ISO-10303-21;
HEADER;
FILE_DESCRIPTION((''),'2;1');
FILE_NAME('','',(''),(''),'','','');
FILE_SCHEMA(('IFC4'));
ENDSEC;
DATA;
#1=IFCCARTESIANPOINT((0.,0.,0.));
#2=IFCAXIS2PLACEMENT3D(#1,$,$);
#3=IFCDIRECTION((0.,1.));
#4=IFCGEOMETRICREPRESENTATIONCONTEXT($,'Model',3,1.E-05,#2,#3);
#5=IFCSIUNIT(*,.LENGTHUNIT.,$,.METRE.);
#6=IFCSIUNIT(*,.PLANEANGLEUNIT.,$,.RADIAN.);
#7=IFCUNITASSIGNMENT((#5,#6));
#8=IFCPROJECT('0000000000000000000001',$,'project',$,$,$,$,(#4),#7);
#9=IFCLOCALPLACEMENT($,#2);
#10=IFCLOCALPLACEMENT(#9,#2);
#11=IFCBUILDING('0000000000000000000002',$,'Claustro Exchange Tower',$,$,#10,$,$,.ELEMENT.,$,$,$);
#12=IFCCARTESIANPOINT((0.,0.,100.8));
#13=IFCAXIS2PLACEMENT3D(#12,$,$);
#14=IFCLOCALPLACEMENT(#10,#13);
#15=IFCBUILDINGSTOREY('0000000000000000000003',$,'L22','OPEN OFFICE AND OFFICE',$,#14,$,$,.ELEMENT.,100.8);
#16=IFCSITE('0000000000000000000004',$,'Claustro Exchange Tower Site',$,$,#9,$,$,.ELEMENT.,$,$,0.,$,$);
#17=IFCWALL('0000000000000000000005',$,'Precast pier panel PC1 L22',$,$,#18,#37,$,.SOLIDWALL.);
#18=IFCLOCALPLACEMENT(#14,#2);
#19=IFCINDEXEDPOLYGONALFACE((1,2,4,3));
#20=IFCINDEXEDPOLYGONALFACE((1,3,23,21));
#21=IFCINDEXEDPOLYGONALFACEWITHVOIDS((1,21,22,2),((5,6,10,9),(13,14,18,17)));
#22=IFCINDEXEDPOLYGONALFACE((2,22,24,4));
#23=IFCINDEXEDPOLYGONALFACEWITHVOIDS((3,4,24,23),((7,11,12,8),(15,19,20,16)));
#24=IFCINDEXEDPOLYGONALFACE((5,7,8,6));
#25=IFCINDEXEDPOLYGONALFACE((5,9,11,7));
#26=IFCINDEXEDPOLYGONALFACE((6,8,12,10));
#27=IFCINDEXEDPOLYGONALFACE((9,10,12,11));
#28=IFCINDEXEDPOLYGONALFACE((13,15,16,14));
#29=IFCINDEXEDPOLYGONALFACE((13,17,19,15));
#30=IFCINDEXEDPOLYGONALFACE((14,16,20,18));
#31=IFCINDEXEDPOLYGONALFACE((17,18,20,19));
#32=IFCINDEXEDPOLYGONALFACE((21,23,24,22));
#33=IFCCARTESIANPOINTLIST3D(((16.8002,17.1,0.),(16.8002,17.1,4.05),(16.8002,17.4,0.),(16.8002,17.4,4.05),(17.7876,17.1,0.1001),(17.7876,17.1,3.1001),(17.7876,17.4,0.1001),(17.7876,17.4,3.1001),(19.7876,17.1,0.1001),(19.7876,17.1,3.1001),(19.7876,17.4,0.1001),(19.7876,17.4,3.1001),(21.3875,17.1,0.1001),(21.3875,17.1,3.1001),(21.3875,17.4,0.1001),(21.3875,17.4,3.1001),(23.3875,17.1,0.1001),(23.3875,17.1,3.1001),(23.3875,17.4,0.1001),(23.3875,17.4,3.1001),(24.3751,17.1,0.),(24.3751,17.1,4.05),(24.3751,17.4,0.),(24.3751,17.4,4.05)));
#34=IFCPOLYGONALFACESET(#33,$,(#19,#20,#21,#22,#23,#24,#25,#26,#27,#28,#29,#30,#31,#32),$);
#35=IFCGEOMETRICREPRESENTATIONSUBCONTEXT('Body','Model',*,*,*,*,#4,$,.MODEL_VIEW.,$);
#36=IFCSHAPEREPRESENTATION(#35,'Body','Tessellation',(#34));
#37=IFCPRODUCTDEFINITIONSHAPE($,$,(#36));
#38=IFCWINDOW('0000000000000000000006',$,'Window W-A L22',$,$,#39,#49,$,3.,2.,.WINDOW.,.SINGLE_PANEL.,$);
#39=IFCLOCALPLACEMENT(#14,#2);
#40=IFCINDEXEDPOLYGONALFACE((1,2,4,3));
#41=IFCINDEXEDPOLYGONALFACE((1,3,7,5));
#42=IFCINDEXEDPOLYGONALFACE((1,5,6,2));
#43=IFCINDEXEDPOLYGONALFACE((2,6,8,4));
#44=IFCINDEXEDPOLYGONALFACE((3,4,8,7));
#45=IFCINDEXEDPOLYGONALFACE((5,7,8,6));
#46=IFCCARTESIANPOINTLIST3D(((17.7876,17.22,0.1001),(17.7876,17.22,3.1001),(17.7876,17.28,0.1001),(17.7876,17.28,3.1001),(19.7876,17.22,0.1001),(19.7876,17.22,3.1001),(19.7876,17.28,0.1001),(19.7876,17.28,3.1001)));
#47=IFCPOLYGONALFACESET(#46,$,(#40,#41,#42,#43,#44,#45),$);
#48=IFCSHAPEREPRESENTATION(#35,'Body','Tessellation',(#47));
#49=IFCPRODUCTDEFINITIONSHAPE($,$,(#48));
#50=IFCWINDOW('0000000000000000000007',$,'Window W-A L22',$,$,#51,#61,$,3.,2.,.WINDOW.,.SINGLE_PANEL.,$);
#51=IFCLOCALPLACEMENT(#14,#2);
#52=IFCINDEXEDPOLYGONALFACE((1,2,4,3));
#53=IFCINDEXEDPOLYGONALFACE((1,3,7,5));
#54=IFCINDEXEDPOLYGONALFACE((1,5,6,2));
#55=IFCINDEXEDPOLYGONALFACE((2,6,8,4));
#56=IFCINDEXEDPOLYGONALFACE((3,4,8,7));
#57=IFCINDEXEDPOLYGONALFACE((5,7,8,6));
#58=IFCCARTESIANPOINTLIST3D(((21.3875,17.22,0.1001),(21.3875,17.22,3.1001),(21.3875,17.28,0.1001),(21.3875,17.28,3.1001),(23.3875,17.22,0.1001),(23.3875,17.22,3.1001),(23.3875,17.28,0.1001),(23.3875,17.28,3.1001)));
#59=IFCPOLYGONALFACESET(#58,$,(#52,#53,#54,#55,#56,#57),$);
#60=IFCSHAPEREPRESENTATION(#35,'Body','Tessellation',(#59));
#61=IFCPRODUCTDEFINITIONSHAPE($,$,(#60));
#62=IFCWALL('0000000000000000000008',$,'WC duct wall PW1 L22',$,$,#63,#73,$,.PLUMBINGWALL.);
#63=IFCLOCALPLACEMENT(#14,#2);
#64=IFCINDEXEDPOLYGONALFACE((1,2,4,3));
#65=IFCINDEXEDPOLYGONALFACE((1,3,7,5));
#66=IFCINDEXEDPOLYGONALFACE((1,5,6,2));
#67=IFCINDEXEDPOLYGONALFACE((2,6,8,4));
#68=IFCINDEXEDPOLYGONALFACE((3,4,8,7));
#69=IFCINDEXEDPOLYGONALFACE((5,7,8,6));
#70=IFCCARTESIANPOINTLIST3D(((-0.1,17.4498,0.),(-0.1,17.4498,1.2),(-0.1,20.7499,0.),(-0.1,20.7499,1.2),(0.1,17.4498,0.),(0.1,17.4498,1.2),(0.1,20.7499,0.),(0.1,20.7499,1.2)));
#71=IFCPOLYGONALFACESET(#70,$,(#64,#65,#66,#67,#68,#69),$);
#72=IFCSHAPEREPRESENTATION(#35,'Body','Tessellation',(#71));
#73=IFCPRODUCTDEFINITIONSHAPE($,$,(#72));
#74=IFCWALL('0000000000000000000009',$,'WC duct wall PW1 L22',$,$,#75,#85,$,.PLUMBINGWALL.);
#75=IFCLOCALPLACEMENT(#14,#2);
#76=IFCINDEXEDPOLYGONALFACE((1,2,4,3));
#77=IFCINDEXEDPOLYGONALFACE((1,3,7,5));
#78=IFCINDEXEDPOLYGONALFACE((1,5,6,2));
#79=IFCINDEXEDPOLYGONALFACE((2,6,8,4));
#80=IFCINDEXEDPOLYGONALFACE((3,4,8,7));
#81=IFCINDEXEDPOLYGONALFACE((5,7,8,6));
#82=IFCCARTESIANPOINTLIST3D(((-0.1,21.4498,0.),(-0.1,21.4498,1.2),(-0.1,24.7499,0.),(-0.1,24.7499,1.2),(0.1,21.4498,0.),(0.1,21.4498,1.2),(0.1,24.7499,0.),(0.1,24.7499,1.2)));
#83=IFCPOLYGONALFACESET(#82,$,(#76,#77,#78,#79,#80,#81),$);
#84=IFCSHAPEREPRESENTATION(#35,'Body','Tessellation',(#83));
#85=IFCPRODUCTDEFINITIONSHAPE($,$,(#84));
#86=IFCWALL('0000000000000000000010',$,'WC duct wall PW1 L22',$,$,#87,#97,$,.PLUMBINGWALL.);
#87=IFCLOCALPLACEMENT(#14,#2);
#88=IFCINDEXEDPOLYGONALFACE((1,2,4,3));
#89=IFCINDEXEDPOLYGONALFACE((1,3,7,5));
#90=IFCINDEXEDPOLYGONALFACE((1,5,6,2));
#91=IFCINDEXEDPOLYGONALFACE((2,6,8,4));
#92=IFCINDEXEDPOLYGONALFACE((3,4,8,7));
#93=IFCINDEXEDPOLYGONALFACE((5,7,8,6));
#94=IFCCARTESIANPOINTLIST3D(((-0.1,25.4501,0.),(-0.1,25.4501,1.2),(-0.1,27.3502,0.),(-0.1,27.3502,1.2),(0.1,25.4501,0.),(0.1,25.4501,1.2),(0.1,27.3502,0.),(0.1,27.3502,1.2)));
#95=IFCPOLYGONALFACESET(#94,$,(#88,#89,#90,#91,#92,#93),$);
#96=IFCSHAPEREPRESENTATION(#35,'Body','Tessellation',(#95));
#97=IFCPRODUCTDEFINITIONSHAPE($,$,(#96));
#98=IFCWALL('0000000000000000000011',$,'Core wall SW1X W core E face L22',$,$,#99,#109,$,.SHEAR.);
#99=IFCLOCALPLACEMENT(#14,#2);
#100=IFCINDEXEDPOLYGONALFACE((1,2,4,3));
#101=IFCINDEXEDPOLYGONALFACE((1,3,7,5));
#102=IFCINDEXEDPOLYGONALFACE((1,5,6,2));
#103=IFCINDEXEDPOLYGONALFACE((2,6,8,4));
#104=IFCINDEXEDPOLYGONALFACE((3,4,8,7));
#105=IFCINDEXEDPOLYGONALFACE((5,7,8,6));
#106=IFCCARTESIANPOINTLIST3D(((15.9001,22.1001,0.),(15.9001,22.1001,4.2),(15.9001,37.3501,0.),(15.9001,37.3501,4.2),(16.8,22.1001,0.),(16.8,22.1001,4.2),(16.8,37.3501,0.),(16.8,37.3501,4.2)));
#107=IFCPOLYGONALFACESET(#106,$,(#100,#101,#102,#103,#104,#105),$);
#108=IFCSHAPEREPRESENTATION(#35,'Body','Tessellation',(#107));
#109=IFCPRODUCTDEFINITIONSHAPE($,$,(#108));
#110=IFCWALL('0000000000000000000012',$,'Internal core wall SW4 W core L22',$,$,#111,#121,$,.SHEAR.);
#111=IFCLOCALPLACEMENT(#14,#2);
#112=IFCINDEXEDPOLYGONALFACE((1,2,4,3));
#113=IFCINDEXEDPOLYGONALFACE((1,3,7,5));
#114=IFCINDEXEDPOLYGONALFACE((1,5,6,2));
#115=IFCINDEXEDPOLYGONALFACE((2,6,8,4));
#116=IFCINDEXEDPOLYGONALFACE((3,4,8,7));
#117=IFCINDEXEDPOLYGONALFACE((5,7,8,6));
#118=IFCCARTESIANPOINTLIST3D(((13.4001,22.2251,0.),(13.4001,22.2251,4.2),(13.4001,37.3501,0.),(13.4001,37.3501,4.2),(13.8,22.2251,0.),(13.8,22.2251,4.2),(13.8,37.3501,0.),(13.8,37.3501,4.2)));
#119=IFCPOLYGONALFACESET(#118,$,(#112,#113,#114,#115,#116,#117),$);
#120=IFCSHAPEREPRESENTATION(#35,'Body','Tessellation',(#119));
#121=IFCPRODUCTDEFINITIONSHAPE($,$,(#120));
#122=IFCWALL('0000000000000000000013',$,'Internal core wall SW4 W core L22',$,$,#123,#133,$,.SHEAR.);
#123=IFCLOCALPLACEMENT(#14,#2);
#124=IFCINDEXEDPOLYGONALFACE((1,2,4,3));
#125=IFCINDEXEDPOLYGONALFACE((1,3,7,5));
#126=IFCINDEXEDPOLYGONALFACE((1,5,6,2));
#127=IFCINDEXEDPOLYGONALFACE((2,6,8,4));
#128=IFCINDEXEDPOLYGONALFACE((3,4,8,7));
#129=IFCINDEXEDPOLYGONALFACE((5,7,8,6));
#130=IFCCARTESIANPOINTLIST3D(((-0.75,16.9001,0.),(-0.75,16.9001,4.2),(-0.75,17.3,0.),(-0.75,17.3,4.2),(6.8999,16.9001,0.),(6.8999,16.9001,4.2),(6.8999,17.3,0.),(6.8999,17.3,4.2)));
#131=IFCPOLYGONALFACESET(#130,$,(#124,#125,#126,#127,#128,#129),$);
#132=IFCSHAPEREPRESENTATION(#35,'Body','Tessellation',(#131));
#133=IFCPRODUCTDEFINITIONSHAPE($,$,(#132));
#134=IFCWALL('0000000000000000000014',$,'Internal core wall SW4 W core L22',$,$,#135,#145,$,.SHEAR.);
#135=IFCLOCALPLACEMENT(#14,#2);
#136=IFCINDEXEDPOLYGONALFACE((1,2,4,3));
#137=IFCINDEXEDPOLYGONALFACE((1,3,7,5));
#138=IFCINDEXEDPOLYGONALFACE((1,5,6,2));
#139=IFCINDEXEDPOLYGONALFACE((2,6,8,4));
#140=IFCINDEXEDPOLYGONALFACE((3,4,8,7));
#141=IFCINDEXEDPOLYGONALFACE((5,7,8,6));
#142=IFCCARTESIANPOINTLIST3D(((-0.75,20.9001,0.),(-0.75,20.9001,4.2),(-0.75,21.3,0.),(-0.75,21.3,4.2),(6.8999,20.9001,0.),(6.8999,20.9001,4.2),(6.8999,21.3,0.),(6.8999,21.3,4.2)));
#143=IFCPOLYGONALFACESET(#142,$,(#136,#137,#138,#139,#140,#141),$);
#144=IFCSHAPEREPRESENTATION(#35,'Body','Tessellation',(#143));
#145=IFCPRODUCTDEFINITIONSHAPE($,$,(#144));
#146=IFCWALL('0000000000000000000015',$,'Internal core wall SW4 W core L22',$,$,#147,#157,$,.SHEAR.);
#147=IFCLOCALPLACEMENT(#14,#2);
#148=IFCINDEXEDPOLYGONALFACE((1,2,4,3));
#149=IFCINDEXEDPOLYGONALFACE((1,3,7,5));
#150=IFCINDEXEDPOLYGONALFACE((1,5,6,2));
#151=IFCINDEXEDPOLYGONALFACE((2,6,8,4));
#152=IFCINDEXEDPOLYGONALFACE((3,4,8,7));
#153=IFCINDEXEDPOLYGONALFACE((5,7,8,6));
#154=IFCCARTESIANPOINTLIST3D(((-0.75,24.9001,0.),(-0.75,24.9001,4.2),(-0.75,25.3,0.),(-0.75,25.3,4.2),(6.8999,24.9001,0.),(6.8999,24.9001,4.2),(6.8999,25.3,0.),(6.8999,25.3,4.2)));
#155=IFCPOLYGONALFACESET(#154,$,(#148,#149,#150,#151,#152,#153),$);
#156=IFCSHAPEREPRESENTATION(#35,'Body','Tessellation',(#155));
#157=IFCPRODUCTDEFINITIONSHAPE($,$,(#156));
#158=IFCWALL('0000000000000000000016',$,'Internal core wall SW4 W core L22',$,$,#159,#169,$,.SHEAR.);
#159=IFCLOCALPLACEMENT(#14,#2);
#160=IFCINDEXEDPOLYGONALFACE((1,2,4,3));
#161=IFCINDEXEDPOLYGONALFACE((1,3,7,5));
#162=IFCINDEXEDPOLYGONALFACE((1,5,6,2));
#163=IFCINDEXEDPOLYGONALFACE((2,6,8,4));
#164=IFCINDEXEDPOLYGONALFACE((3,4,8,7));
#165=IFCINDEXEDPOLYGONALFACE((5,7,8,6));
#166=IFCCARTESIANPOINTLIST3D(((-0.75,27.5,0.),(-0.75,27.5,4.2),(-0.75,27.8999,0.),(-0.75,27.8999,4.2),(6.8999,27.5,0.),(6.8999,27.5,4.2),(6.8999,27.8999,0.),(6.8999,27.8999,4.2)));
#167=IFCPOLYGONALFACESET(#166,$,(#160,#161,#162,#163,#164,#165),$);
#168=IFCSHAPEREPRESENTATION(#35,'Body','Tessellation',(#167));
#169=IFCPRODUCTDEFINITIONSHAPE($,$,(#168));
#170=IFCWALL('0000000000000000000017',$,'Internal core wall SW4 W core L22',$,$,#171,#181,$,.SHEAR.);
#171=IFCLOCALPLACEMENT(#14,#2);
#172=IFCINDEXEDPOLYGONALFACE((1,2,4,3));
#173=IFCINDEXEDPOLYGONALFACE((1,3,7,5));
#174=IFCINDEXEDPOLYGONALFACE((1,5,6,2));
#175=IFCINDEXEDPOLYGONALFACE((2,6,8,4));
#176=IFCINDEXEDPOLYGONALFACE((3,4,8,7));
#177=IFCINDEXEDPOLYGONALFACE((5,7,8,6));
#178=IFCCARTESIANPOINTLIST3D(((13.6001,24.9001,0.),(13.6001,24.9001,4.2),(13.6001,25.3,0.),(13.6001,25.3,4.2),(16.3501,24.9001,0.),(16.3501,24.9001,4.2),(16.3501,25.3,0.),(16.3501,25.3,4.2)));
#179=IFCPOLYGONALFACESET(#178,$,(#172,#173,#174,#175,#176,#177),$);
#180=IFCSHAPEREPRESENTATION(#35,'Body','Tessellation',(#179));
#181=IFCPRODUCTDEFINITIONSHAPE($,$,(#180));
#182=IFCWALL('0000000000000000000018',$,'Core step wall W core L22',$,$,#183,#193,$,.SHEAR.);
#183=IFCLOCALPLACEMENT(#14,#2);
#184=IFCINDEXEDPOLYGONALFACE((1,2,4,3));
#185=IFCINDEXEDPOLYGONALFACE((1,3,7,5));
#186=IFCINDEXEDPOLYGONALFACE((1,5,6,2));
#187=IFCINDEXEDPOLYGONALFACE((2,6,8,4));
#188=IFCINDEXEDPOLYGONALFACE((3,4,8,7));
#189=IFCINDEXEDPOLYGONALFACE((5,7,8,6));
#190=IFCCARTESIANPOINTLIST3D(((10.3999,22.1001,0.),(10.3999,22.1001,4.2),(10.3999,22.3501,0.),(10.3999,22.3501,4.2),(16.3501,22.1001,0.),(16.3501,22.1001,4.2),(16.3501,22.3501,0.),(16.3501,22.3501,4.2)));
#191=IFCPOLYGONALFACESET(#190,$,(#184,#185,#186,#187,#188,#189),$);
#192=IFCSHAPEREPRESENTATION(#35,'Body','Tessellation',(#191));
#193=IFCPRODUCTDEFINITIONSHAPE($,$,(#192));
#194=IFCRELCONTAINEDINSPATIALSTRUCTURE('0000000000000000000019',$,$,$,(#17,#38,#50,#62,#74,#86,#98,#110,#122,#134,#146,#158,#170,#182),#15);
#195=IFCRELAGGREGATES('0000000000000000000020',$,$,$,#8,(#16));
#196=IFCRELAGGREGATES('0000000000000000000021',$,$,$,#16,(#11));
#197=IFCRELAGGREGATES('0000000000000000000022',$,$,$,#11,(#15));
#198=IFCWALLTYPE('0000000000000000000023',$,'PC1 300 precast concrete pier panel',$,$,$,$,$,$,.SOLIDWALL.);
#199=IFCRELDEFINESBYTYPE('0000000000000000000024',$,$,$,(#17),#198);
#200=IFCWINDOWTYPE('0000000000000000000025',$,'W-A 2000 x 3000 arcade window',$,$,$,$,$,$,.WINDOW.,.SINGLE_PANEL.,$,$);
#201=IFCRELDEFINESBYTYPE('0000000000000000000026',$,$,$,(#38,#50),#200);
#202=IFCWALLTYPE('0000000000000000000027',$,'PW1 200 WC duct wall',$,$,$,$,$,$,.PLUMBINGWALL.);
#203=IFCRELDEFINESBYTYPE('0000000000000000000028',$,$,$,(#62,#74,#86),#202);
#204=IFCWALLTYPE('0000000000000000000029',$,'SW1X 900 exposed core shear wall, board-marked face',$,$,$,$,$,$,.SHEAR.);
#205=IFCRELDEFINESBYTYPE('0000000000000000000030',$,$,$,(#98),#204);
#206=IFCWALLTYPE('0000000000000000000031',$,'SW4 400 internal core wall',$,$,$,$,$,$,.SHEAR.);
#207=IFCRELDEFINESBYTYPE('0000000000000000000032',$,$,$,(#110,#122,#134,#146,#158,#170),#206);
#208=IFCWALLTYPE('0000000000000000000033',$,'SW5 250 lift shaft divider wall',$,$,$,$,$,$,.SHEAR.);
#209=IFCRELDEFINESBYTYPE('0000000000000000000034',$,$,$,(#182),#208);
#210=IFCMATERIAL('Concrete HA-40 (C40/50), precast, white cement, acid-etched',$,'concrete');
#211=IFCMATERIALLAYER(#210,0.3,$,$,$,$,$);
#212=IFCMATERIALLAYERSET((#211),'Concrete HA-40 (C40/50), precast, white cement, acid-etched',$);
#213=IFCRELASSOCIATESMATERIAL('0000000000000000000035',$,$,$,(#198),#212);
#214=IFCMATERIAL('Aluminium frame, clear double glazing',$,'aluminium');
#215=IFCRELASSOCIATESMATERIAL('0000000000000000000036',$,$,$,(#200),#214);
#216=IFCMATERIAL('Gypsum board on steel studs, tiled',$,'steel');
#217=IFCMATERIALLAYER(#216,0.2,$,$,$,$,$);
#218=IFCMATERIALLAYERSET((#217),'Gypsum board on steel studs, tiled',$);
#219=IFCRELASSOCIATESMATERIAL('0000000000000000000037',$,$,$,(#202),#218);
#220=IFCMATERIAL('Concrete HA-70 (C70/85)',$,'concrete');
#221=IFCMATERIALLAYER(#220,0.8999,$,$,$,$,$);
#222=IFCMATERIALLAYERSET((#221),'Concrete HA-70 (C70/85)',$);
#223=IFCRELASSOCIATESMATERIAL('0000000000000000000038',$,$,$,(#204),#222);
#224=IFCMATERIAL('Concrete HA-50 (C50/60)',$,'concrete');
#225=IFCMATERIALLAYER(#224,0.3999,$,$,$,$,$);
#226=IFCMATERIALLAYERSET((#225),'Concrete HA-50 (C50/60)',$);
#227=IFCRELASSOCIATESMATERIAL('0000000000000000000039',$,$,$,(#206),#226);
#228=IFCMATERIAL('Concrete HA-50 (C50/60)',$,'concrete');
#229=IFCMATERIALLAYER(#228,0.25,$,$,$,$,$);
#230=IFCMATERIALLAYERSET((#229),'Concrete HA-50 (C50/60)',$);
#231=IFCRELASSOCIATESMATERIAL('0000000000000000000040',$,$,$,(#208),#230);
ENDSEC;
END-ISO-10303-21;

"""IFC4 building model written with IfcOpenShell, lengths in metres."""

from ifc_helpers import new_model, si_unit, direction, frame, frame_2d, origin, place, context, subcontext, project, spatial, rectangle, extrude, material, layer, layer_set, type_object, element, fill, save


model = new_model("IFC4")

# Units and contexts
model_context = context("Model", 3, precision=1e-05, world=origin(), true_north=direction((0.0, 1.0)))
body_context = subcontext(model_context, "Body", "Model", "MODEL_VIEW")
ifc_project = project(units=[si_unit("LENGTHUNIT", "METRE"), si_unit("PLANEANGLEUNIT", "RADIAN")], contexts=[model_context])

# Site, building, storey
site_placement = place(None, origin())
site = spatial("IfcSite", under=ifc_project, at=site_placement, Name="Claustro Exchange Tower Site", CompositionType="ELEMENT", RefElevation=0.0)
building_placement = place(site_placement, origin())
building = spatial("IfcBuilding", under=site, at=building_placement, Name="Claustro Exchange Tower", CompositionType="ELEMENT")
storey_placement = place(building_placement, frame((0.0, 0.0, 100.8)))
storey = spatial("IfcBuildingStorey", under=building, at=storey_placement, Name="L22", Description="OPEN OFFICE AND OFFICE", CompositionType="ELEMENT", Elevation=100.8)

# Shared definitions
ifc_material_1 = material(Name="Concrete HA-40 (C40/50), precast, white cement, acid-etched", Category="concrete")
ifc_layer_1 = layer(ifc_material_1, 0.3)
ifc_layer_set_1 = layer_set([ifc_layer_1], Name="Concrete HA-40 (C40/50), precast, white cement, acid-etched")
wall_type_1 = type_object("IfcWallType", Name="PC1 300 precast concrete pier panel", PredefinedType="SOLIDWALL", material=ifc_layer_set_1)
ifc_material_2 = material(Name="Aluminium frame, clear double glazing", Category="aluminium")
window_type = type_object("IfcWindowType", Name="W-A 2000 x 3000 arcade window", PartitioningType="SINGLE_PANEL", PredefinedType="WINDOW", material=ifc_material_2)

# Wall, openings, windows
wall_1_placement = place(storey_placement, frame((16.8, 17.25, 0.0), z_axis=(0.0, 0.0, 1.0), x_axis=(1.0, 0.0, 0.0)))
wall_1 = element("IfcWall", 1, at=wall_1_placement, inside=storey, type_object=wall_type_1, Name="Precast pier panel PC1 L22", PredefinedType="SOLIDWALL", context=body_context, shape_type="SweptSolid", body=[
    extrude(rectangle(XDim=7.575, YDim=0.3, at=frame_2d((3.7876, 0.0))), origin(), (0.0, 0.0, 1.0), 4.05),
])
opening_1_placement = place(wall_1_placement, frame((0.9875, 0.0, 0.1001)))
opening_1 = element("IfcOpeningElement", 2, at=opening_1_placement, cuts=wall_1, PredefinedType="OPENING", context=body_context, shape_type="SweptSolid", body=[
    extrude(rectangle(XDim=2.0, YDim=3.0, at=frame_2d((1.0, 1.5))), frame((0.0, 0.1599, 0.0), z_axis=(0.0, -1.0, 0.0), x_axis=(1.0, 0.0, 0.0)), (0.0, 0.0, 1.0), 0.3201),
])
opening_2_placement = place(wall_1_placement, frame((4.5874, 0.0, 0.1001)))
opening_2 = element("IfcOpeningElement", 3, at=opening_2_placement, cuts=wall_1, PredefinedType="OPENING", context=body_context, shape_type="SweptSolid", body=[
    extrude(rectangle(XDim=2.0, YDim=3.0, at=frame_2d((1.0, 1.5))), frame((0.0, 0.1599, 0.0), z_axis=(0.0, -1.0, 0.0), x_axis=(1.0, 0.0, 0.0)), (0.0, 0.0, 1.0), 0.3201),
])
window_1_placement = place(opening_1_placement, origin())
window_1 = element("IfcWindow", 4, at=window_1_placement, inside=storey, type_object=window_type, Name="Window W-A L22", OverallHeight=3.0, OverallWidth=2.0, PartitioningType="SINGLE_PANEL", PredefinedType="WINDOW", context=body_context, shape_type="SweptSolid", body=[
    extrude(rectangle(XDim=2.0, YDim=3.0, at=frame_2d((1.0, 1.5))), frame((0.0, 0.03, 0.0), z_axis=(0.0, -1.0, 0.0), x_axis=(1.0, 0.0, 0.0)), (0.0, 0.0, 1.0), 0.0601),
])
fill(opening_1, window_1)
window_2_placement = place(opening_2_placement, origin())
window_2 = element("IfcWindow", 5, at=window_2_placement, inside=storey, type_object=window_type, Name="Window W-A L22", OverallHeight=3.0, OverallWidth=2.0, PartitioningType="SINGLE_PANEL", PredefinedType="WINDOW", context=body_context, shape_type="SweptSolid", body=[
    extrude(rectangle(XDim=2.0, YDim=3.0, at=frame_2d((1.0, 1.5))), frame((0.0, 0.03, 0.0), z_axis=(0.0, -1.0, 0.0), x_axis=(1.0, 0.0, 0.0)), (0.0, 0.0, 1.0), 0.0601),
])
fill(opening_2, window_2)

# Walls
ifc_material_3 = material(Name="Gypsum board on steel studs, tiled", Category="steel")
ifc_layer_2 = layer(ifc_material_3, 0.2)
ifc_layer_set_2 = layer_set([ifc_layer_2], Name="Gypsum board on steel studs, tiled")
wall_type_2 = type_object("IfcWallType", Name="PW1 200 WC duct wall", PredefinedType="PLUMBINGWALL", material=ifc_layer_set_2)
for number, where, z_axis, x_axis, name in (
    (6, (0.0, 17.45, 0.0), (0.0, 0.0, 1.0), (0.0, 1.0, 0.0), "WC duct wall PW1 L22"),
    (7, (0.0, 21.45, 0.0), (0.0, 0.0, 1.0), (0.0, 1.0, 0.0), "WC duct wall PW1 L22"),
):
    element("IfcWall", number, at=place(storey_placement, frame(where, z_axis=z_axis, x_axis=x_axis)), inside=storey, type_object=wall_type_2, Name=name, PredefinedType="PLUMBINGWALL", context=body_context, shape_type="SweptSolid", body=[
        extrude(rectangle(XDim=3.3, YDim=0.2, at=frame_2d((1.6499, 0.0))), origin(), (0.0, 0.0, 1.0), 1.2),
    ])
wall_2_placement = place(storey_placement, frame((0.0, 25.45, 0.0), z_axis=(0.0, 0.0, 1.0), x_axis=(0.0, 1.0, 0.0)))
element("IfcWall", 8, at=wall_2_placement, inside=storey, type_object=wall_type_2, Name="WC duct wall PW1 L22", PredefinedType="PLUMBINGWALL", context=body_context, shape_type="SweptSolid", body=[
    extrude(rectangle(XDim=1.9001, YDim=0.2, at=frame_2d((0.9502, 0.0))), origin(), (0.0, 0.0, 1.0), 1.2),
])
ifc_material_4 = material(Name="Concrete HA-70 (C70/85)", Category="concrete")
ifc_layer_3 = layer(ifc_material_4, 0.8999)
ifc_layer_set_3 = layer_set([ifc_layer_3], Name="Concrete HA-70 (C70/85)")
wall_type_3 = type_object("IfcWallType", Name="SW1X 900 exposed core shear wall, board-marked face", PredefinedType="SHEAR", material=ifc_layer_set_3)
wall_3_placement = place(storey_placement, frame((16.3501, 22.1001, 0.0), z_axis=(0.0, 0.0, 1.0), x_axis=(0.0, 1.0, 0.0)))
element("IfcWall", 9, at=wall_3_placement, inside=storey, type_object=wall_type_3, Name="Core wall SW1X W core E face L22", PredefinedType="SHEAR", context=body_context, shape_type="SweptSolid", body=[
    extrude(rectangle(XDim=15.25, YDim=0.8999, at=frame_2d((7.625, 0.0))), origin(), (0.0, 0.0, 1.0), 4.2),
])
ifc_material_5 = material(Name="Concrete HA-50 (C50/60)", Category="concrete")
ifc_layer_4 = layer(ifc_material_5, 0.3999)
ifc_layer_set_4 = layer_set([ifc_layer_4], Name="Concrete HA-50 (C50/60)")
wall_type_4 = type_object("IfcWallType", Name="SW4 400 internal core wall", PredefinedType="SHEAR", material=ifc_layer_set_4)
wall_4_placement = place(storey_placement, frame((13.6001, 22.2251, 0.0), z_axis=(0.0, 0.0, 1.0), x_axis=(0.0, 1.0, 0.0)))
element("IfcWall", 10, at=wall_4_placement, inside=storey, type_object=wall_type_4, Name="Internal core wall SW4 W core L22", PredefinedType="SHEAR", context=body_context, shape_type="SweptSolid", body=[
    extrude(rectangle(XDim=15.125, YDim=0.3999, at=frame_2d((7.5625, 0.0))), origin(), (0.0, 0.0, 1.0), 4.2),
])
for number, where, z_axis, x_axis, name in (
    (11, (-0.75, 17.1001, 0.0), (0.0, 0.0, 1.0), (1.0, 0.0, 0.0), "Internal core wall SW4 W core L22"),
    (12, (-0.75, 21.1001, 0.0), (0.0, 0.0, 1.0), (1.0, 0.0, 0.0), "Internal core wall SW4 W core L22"),
    (13, (-0.75, 25.1001, 0.0), (0.0, 0.0, 1.0), (1.0, 0.0, 0.0), "Internal core wall SW4 W core L22"),
    (14, (-0.75, 27.7, 0.0), (0.0, 0.0, 1.0), (1.0, 0.0, 0.0), "Internal core wall SW4 W core L22"),
):
    element("IfcWall", number, at=place(storey_placement, frame(where, z_axis=z_axis, x_axis=x_axis)), inside=storey, type_object=wall_type_4, Name=name, PredefinedType="SHEAR", context=body_context, shape_type="SweptSolid", body=[
        extrude(rectangle(XDim=7.6499, YDim=0.3999, at=frame_2d((3.825, 0.0))), origin(), (0.0, 0.0, 1.0), 4.2),
    ])
wall_5_placement = place(storey_placement, frame((13.6001, 25.1001, 0.0), z_axis=(0.0, 0.0, 1.0), x_axis=(1.0, 0.0, 0.0)))
element("IfcWall", 15, at=wall_5_placement, inside=storey, type_object=wall_type_4, Name="Internal core wall SW4 W core L22", PredefinedType="SHEAR", context=body_context, shape_type="SweptSolid", body=[
    extrude(rectangle(XDim=2.75, YDim=0.3999, at=frame_2d((1.375, 0.0))), origin(), (0.0, 0.0, 1.0), 4.2),
])
ifc_material_6 = material(Name="Concrete HA-50 (C50/60)", Category="concrete")
ifc_layer_5 = layer(ifc_material_6, 0.25)
ifc_layer_set_5 = layer_set([ifc_layer_5], Name="Concrete HA-50 (C50/60)")
wall_type_5 = type_object("IfcWallType", Name="SW5 250 lift shaft divider wall", PredefinedType="SHEAR", material=ifc_layer_set_5)
wall_6_placement = place(storey_placement, frame((10.3999, 22.2251, 0.0), z_axis=(0.0, 0.0, 1.0), x_axis=(1.0, 0.0, 0.0)))
element("IfcWall", 16, at=wall_6_placement, inside=storey, type_object=wall_type_5, Name="Core step wall W core L22", PredefinedType="SHEAR", context=body_context, shape_type="SweptSolid", body=[
    extrude(rectangle(XDim=5.9502, YDim=0.25, at=frame_2d((2.9751, 0.0))), origin(), (0.0, 0.0, 1.0), 4.2),
])

save(model, "model.ifc")
